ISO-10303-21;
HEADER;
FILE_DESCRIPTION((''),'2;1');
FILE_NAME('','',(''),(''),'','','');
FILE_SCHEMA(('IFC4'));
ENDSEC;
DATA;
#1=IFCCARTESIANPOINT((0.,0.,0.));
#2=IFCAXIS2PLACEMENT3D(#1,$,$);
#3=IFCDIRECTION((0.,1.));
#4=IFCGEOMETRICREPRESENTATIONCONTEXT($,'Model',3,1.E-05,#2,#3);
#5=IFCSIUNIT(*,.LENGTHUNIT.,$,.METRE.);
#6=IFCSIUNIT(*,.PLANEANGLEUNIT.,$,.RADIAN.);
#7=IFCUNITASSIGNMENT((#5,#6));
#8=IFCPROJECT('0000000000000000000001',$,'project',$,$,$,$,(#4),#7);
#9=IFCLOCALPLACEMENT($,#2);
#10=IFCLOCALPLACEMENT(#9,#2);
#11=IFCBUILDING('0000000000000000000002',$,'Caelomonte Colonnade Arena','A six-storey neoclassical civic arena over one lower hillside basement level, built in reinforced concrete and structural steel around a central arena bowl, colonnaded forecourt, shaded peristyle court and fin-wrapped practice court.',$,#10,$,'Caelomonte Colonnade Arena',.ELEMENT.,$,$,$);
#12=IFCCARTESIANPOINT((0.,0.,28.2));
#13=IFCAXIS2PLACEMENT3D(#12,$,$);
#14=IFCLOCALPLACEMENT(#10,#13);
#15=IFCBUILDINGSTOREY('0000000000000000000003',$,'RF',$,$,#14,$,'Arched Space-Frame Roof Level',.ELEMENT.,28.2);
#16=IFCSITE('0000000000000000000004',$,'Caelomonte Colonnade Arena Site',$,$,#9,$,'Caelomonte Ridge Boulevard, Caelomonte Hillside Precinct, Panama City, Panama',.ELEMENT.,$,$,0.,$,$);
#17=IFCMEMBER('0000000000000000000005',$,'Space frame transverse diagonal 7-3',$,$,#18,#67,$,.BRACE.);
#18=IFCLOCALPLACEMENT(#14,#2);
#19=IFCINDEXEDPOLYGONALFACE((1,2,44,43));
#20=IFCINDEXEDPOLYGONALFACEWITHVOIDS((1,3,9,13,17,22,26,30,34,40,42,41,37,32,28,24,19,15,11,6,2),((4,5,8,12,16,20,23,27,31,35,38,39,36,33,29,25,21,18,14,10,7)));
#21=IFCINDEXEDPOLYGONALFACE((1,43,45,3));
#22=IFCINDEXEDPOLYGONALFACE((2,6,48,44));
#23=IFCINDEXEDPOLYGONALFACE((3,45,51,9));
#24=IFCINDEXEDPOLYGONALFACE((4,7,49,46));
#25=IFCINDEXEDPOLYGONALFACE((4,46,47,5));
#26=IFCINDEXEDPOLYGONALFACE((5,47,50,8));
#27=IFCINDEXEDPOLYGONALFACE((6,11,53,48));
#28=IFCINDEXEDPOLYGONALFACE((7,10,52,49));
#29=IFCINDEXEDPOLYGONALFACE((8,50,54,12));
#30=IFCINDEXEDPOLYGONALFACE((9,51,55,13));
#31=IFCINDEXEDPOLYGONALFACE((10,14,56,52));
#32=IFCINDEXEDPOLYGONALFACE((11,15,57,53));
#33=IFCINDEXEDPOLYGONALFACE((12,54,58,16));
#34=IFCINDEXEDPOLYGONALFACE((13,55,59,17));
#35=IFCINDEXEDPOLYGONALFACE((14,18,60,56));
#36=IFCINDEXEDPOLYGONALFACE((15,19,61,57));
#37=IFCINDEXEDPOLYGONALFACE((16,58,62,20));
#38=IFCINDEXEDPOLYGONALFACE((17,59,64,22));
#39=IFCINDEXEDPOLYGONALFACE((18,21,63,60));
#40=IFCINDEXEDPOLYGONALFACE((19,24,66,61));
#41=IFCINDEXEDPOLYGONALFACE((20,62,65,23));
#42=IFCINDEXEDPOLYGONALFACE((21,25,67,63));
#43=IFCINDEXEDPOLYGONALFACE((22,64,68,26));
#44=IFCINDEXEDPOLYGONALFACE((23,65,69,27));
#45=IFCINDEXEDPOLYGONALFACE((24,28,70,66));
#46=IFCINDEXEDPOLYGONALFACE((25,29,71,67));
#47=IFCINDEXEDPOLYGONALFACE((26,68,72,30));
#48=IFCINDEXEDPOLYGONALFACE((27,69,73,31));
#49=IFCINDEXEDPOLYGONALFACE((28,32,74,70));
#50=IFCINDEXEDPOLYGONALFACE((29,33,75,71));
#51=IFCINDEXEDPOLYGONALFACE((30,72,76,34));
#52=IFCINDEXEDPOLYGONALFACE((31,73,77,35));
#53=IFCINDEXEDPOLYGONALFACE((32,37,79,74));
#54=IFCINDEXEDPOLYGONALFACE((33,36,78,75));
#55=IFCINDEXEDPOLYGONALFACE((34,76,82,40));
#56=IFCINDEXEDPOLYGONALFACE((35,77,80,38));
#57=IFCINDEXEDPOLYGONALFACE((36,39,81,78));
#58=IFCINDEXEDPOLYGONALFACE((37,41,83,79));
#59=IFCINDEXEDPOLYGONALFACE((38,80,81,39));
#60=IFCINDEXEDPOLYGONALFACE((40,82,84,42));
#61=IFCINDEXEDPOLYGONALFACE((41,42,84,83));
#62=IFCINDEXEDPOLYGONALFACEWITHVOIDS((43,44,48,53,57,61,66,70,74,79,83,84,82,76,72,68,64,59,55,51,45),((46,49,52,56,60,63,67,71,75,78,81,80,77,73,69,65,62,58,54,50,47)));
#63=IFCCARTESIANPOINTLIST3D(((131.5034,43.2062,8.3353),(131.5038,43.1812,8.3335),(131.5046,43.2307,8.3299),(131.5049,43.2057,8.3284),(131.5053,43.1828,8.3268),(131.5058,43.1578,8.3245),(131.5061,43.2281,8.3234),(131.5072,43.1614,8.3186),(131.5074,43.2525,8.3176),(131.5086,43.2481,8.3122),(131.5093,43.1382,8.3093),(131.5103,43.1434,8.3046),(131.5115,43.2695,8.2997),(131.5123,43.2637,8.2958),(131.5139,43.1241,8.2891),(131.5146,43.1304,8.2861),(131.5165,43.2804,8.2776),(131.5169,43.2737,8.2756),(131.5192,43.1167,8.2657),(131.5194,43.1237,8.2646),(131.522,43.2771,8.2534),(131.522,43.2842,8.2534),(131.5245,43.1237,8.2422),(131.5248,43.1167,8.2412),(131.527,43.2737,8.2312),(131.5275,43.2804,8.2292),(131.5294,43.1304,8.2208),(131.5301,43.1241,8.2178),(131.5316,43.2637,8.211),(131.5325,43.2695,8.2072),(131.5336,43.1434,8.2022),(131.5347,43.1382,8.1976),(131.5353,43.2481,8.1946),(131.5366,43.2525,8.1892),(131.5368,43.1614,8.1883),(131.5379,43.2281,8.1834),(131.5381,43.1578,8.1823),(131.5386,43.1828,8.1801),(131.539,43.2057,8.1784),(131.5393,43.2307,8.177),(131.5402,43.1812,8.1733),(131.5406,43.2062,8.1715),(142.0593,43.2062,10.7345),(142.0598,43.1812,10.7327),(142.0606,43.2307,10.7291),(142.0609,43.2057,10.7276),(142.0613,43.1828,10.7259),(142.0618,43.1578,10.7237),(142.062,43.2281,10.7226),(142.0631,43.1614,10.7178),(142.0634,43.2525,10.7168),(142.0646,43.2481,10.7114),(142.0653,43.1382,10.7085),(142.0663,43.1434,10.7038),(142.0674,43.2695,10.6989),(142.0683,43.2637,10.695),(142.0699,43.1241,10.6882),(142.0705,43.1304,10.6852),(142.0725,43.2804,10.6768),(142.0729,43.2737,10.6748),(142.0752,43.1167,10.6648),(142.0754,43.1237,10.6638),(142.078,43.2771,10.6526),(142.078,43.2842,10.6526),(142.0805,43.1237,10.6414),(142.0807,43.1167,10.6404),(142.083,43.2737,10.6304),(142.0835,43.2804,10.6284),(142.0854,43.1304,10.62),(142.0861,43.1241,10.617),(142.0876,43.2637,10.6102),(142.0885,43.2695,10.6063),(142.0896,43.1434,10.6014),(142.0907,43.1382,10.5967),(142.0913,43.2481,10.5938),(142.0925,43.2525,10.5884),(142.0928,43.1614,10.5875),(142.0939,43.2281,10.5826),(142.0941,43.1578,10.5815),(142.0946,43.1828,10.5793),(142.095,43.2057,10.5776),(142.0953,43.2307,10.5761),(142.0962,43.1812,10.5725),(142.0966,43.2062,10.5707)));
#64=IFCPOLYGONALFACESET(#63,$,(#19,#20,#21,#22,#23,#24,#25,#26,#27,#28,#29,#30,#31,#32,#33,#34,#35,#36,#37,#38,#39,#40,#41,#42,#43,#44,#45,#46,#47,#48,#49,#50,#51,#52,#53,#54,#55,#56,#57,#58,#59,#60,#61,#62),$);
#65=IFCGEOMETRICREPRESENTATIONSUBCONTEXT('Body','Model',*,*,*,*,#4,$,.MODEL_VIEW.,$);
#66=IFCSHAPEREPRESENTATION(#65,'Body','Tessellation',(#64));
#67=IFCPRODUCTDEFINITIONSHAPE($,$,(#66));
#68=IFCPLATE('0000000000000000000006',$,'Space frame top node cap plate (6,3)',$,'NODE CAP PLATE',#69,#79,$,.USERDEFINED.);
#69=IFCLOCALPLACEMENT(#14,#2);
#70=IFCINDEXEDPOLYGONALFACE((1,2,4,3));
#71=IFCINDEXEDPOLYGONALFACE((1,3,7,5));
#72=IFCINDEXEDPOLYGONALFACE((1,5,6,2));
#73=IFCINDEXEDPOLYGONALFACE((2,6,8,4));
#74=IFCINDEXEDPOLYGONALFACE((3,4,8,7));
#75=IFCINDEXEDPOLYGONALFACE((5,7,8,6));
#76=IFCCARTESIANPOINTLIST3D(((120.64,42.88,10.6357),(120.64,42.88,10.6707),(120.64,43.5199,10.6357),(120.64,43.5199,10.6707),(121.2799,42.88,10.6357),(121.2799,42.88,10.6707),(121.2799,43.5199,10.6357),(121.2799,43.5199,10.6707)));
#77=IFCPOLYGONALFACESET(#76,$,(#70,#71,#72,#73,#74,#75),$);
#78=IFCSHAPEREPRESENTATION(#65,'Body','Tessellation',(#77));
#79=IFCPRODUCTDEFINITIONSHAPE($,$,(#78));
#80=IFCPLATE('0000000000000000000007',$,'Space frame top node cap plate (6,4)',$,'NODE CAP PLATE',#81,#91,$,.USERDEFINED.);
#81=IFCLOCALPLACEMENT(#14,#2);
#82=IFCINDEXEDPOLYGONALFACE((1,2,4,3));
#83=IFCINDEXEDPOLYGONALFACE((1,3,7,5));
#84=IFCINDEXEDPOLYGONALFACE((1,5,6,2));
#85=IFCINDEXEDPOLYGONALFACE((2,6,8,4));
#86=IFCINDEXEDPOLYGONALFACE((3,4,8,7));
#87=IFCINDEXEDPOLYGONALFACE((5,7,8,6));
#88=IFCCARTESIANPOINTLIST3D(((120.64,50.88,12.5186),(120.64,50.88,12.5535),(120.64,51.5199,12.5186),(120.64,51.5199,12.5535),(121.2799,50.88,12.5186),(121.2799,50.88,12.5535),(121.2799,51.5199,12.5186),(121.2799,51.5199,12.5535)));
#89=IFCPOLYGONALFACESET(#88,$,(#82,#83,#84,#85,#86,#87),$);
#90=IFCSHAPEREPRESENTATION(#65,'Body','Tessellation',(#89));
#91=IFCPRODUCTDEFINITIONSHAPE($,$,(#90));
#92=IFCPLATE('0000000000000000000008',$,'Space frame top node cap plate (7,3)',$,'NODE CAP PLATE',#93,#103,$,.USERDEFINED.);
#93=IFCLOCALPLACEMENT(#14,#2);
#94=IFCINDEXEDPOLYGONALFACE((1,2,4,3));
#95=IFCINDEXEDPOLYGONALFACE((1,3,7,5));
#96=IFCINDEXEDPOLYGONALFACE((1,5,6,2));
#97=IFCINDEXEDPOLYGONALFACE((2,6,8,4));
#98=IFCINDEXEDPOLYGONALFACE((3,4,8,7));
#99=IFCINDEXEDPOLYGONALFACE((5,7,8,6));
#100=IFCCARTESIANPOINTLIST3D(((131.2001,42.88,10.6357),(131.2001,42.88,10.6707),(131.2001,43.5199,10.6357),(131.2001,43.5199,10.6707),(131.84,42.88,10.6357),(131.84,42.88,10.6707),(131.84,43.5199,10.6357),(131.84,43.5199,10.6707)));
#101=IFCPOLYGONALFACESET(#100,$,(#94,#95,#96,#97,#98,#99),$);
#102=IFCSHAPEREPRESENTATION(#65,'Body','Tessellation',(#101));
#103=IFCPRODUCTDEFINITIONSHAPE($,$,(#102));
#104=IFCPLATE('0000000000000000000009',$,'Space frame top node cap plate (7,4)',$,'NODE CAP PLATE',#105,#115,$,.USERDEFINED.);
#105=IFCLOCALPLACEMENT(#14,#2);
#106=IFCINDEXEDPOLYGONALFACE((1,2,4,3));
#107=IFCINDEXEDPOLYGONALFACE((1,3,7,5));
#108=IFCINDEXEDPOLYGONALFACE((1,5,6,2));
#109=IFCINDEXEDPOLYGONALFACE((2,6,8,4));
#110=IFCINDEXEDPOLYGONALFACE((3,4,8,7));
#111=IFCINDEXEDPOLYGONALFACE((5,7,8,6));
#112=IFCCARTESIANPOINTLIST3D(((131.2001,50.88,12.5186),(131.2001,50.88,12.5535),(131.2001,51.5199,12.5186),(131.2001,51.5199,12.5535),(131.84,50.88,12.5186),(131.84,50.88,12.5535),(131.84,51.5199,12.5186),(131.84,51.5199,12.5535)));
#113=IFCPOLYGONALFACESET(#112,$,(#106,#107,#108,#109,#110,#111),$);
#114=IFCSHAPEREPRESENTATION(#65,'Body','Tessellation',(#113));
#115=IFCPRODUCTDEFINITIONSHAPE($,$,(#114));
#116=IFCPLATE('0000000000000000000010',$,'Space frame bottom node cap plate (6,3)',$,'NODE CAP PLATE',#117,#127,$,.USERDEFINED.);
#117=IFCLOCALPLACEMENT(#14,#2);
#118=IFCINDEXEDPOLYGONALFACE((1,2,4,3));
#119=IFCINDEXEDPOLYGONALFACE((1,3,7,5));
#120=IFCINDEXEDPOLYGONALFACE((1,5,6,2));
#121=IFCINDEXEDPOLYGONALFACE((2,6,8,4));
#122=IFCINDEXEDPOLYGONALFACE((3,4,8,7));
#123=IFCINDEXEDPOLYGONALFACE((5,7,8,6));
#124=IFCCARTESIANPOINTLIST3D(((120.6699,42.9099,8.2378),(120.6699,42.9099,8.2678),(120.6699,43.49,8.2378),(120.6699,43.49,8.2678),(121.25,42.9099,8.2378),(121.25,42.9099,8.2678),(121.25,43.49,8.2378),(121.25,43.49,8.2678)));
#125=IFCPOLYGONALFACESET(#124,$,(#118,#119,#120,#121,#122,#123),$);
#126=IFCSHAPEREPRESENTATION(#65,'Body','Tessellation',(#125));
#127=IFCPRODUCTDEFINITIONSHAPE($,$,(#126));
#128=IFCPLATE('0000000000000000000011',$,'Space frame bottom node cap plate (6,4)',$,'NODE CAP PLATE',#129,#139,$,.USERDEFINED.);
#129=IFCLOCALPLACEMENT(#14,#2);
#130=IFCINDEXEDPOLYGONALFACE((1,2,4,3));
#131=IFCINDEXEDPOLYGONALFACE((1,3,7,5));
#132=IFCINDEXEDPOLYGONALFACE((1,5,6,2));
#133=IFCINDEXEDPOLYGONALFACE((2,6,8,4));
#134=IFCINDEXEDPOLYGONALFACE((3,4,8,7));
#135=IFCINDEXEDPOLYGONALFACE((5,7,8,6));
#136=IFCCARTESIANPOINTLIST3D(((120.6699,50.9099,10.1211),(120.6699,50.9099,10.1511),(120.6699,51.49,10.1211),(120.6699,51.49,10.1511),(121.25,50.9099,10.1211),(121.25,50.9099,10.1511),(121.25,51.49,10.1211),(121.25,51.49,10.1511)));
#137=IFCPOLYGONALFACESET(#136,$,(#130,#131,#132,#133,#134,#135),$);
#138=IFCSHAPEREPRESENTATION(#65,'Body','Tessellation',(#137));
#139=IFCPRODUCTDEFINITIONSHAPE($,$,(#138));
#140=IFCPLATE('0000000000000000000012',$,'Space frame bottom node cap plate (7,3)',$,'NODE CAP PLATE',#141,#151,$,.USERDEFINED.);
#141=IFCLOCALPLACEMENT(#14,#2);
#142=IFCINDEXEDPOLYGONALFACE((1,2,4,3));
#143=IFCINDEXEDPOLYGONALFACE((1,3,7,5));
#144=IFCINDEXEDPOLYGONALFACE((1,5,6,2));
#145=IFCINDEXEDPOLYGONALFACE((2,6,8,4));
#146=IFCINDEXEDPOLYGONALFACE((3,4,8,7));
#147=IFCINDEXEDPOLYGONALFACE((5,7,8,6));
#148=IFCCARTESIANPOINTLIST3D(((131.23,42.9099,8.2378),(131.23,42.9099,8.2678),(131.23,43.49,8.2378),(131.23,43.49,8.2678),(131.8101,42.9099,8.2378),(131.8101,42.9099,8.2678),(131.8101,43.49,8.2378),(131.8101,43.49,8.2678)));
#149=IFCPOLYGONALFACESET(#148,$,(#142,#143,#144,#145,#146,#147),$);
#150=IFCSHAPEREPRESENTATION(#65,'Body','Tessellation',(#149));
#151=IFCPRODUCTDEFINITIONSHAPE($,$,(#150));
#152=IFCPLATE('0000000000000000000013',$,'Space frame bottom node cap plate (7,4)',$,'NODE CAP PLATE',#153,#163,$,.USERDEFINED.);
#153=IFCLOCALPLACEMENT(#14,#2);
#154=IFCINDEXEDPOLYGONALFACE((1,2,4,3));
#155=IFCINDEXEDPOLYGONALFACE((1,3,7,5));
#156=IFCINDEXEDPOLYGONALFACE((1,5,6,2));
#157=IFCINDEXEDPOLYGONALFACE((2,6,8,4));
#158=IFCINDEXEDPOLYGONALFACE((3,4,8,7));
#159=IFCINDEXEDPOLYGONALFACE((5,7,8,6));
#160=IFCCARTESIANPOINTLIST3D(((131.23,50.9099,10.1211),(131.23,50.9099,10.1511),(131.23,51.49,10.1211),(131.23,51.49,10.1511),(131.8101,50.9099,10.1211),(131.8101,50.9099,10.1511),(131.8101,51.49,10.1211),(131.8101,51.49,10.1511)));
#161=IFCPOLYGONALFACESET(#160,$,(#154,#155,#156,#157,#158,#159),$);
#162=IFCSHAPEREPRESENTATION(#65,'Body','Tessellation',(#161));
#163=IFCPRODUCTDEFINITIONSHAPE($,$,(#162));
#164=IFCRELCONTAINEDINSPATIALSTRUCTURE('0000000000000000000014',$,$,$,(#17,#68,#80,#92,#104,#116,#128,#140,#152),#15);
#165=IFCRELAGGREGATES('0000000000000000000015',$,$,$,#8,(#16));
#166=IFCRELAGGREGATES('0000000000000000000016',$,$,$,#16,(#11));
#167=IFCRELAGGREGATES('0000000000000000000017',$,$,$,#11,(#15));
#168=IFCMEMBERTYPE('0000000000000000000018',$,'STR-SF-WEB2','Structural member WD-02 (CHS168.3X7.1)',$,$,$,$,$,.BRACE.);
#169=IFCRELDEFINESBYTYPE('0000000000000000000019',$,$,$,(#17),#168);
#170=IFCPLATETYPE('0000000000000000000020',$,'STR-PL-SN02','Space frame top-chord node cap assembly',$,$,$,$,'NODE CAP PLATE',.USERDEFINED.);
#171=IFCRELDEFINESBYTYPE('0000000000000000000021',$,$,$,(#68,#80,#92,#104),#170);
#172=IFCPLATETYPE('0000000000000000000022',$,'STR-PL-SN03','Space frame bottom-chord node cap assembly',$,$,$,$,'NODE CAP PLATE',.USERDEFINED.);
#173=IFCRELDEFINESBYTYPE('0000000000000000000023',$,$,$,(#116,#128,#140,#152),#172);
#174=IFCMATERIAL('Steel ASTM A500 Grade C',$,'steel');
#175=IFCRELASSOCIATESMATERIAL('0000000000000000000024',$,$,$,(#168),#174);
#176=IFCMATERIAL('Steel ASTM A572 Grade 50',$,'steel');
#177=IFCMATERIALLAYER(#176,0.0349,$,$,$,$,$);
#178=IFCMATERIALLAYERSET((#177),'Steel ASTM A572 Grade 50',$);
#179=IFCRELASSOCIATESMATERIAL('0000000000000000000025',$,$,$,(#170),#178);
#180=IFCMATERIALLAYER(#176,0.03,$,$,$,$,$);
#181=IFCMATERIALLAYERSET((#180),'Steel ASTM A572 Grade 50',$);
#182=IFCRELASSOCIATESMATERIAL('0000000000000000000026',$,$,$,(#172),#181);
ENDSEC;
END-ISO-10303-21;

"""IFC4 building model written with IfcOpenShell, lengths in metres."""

from ifc_helpers import new_model, si_unit, direction, frame, origin, origin_2d, place, context, subcontext, project, spatial, rectangle, hollow_circle, extrude, material, layer, layer_set, material_profile, profile_set, type_object, element, save


model = new_model("IFC4")

# Units and contexts
model_context = context("Model", 3, precision=1e-05, world=origin(), true_north=direction((0.0, 1.0)))
body_context = subcontext(model_context, "Body", "Model", "MODEL_VIEW")
ifc_project = project(units=[si_unit("LENGTHUNIT", "METRE"), si_unit("PLANEANGLEUNIT", "RADIAN")], contexts=[model_context])

# Site, building, storey
site_placement = place(None, origin())
site = spatial("IfcSite", under=ifc_project, at=site_placement, Name="Caelomonte Colonnade Arena Site", LongName="Caelomonte Ridge Boulevard, Caelomonte Hillside Precinct, Panama City, Panama", CompositionType="ELEMENT", RefElevation=0.0)
building_placement = place(site_placement, origin())
building = spatial("IfcBuilding", under=site, at=building_placement, Name="Caelomonte Colonnade Arena", Description="A six-storey neoclassical civic arena over one lower hillside basement level, built in reinforced concrete and structural steel around a central arena bowl, colonnaded forecourt, shaded peristyle court and fin-wrapped practice court.", LongName="Caelomonte Colonnade Arena", CompositionType="ELEMENT")
storey_placement = place(building_placement, frame((0.0, 0.0, 28.2)))
storey = spatial("IfcBuildingStorey", under=building, at=storey_placement, Name="RF", LongName="Arched Space-Frame Roof Level", CompositionType="ELEMENT", Elevation=28.2)

# Member
ifc_material_1 = material(Name="Steel ASTM A500 Grade C", Category="steel")
ifc_material_profile_1 = material_profile(ifc_material_1, hollow_circle(Radius=0.0842, WallThickness=0.0071, at=origin_2d()), Name="CHS168.3X7.1")
ifc_profile_set_1 = profile_set([ifc_material_profile_1], Name="Steel ASTM A500 Grade C")
member_type_1 = type_object("IfcMemberType", Name="STR-SF-WEB2", Description="Structural member WD-02 (CHS168.3X7.1)", PredefinedType="BRACE", material=ifc_profile_set_1)
member_1_placement = place(storey_placement, frame((131.522, 43.2, 8.2534), z_axis=(0.975131, 0.0, 0.22163), x_axis=(0.0, 1.0, 0.0)))
element("IfcMember", 1, at=member_1_placement, inside=storey, type_object=member_type_1, Name="Space frame transverse diagonal 7-3", PredefinedType="BRACE", context=body_context, shape_type="SweptSolid", body=[
    extrude(hollow_circle(Radius=0.0842, WallThickness=0.0071, at=origin_2d()), origin(), (0.0, 0.0, 1.0), 10.8252),
])

# Plates
ifc_material_2 = material(Name="Steel ASTM A572 Grade 50", Category="steel")
ifc_layer_1 = layer(ifc_material_2, 0.0349)
ifc_layer_set_1 = layer_set([ifc_layer_1], Name="Steel ASTM A572 Grade 50")
plate_type_1 = type_object("IfcPlateType", Name="STR-PL-SN02", Description="Space frame top-chord node cap assembly", ElementType="NODE CAP PLATE", PredefinedType="USERDEFINED", material=ifc_layer_set_1)
for number, where, z_axis, x_axis, name in (
    (2, (120.96, 43.2, 10.6357), (0.0, 0.0, 1.0), (1.0, 0.0, 0.0), "Space frame top node cap plate (6,3)"),
    (3, (120.96, 51.2, 12.5186), (0.0, 0.0, 1.0), (1.0, 0.0, 0.0), "Space frame top node cap plate (6,4)"),
    (4, (131.52, 43.2, 10.6357), (0.0, 0.0, 1.0), (1.0, 0.0, 0.0), "Space frame top node cap plate (7,3)"),
    (5, (131.52, 51.2, 12.5186), (0.0, 0.0, 1.0), (1.0, 0.0, 0.0), "Space frame top node cap plate (7,4)"),
):
    element("IfcPlate", number, at=place(storey_placement, frame(where, z_axis=z_axis, x_axis=x_axis)), inside=storey, type_object=plate_type_1, Name=name, ObjectType="NODE CAP PLATE", PredefinedType="USERDEFINED", context=body_context, shape_type="SweptSolid", body=[
        extrude(rectangle(XDim=0.6399, YDim=0.6399, at=origin_2d()), origin(), (0.0, 0.0, 1.0), 0.0349),
    ])
ifc_layer_2 = layer(ifc_material_2, 0.03)
ifc_layer_set_2 = layer_set([ifc_layer_2], Name="Steel ASTM A572 Grade 50")
plate_type_2 = type_object("IfcPlateType", Name="STR-PL-SN03", Description="Space frame bottom-chord node cap assembly", ElementType="NODE CAP PLATE", PredefinedType="USERDEFINED", material=ifc_layer_set_2)
for number, where, z_axis, x_axis, name in (
    (6, (120.96, 43.2, 8.2378), (0.0, 0.0, 1.0), (1.0, 0.0, 0.0), "Space frame bottom node cap plate (6,3)"),
    (7, (120.96, 51.2, 10.1211), (0.0, 0.0, 1.0), (1.0, 0.0, 0.0), "Space frame bottom node cap plate (6,4)"),
    (8, (131.52, 43.2, 8.2378), (0.0, 0.0, 1.0), (1.0, 0.0, 0.0), "Space frame bottom node cap plate (7,3)"),
    (9, (131.52, 51.2, 10.1211), (0.0, 0.0, 1.0), (1.0, 0.0, 0.0), "Space frame bottom node cap plate (7,4)"),
):
    element("IfcPlate", number, at=place(storey_placement, frame(where, z_axis=z_axis, x_axis=x_axis)), inside=storey, type_object=plate_type_2, Name=name, ObjectType="NODE CAP PLATE", PredefinedType="USERDEFINED", context=body_context, shape_type="SweptSolid", body=[
        extrude(rectangle(XDim=0.5801, YDim=0.5801, at=origin_2d()), origin(), (0.0, 0.0, 1.0), 0.03),
    ])

save(model, "model.ifc")
